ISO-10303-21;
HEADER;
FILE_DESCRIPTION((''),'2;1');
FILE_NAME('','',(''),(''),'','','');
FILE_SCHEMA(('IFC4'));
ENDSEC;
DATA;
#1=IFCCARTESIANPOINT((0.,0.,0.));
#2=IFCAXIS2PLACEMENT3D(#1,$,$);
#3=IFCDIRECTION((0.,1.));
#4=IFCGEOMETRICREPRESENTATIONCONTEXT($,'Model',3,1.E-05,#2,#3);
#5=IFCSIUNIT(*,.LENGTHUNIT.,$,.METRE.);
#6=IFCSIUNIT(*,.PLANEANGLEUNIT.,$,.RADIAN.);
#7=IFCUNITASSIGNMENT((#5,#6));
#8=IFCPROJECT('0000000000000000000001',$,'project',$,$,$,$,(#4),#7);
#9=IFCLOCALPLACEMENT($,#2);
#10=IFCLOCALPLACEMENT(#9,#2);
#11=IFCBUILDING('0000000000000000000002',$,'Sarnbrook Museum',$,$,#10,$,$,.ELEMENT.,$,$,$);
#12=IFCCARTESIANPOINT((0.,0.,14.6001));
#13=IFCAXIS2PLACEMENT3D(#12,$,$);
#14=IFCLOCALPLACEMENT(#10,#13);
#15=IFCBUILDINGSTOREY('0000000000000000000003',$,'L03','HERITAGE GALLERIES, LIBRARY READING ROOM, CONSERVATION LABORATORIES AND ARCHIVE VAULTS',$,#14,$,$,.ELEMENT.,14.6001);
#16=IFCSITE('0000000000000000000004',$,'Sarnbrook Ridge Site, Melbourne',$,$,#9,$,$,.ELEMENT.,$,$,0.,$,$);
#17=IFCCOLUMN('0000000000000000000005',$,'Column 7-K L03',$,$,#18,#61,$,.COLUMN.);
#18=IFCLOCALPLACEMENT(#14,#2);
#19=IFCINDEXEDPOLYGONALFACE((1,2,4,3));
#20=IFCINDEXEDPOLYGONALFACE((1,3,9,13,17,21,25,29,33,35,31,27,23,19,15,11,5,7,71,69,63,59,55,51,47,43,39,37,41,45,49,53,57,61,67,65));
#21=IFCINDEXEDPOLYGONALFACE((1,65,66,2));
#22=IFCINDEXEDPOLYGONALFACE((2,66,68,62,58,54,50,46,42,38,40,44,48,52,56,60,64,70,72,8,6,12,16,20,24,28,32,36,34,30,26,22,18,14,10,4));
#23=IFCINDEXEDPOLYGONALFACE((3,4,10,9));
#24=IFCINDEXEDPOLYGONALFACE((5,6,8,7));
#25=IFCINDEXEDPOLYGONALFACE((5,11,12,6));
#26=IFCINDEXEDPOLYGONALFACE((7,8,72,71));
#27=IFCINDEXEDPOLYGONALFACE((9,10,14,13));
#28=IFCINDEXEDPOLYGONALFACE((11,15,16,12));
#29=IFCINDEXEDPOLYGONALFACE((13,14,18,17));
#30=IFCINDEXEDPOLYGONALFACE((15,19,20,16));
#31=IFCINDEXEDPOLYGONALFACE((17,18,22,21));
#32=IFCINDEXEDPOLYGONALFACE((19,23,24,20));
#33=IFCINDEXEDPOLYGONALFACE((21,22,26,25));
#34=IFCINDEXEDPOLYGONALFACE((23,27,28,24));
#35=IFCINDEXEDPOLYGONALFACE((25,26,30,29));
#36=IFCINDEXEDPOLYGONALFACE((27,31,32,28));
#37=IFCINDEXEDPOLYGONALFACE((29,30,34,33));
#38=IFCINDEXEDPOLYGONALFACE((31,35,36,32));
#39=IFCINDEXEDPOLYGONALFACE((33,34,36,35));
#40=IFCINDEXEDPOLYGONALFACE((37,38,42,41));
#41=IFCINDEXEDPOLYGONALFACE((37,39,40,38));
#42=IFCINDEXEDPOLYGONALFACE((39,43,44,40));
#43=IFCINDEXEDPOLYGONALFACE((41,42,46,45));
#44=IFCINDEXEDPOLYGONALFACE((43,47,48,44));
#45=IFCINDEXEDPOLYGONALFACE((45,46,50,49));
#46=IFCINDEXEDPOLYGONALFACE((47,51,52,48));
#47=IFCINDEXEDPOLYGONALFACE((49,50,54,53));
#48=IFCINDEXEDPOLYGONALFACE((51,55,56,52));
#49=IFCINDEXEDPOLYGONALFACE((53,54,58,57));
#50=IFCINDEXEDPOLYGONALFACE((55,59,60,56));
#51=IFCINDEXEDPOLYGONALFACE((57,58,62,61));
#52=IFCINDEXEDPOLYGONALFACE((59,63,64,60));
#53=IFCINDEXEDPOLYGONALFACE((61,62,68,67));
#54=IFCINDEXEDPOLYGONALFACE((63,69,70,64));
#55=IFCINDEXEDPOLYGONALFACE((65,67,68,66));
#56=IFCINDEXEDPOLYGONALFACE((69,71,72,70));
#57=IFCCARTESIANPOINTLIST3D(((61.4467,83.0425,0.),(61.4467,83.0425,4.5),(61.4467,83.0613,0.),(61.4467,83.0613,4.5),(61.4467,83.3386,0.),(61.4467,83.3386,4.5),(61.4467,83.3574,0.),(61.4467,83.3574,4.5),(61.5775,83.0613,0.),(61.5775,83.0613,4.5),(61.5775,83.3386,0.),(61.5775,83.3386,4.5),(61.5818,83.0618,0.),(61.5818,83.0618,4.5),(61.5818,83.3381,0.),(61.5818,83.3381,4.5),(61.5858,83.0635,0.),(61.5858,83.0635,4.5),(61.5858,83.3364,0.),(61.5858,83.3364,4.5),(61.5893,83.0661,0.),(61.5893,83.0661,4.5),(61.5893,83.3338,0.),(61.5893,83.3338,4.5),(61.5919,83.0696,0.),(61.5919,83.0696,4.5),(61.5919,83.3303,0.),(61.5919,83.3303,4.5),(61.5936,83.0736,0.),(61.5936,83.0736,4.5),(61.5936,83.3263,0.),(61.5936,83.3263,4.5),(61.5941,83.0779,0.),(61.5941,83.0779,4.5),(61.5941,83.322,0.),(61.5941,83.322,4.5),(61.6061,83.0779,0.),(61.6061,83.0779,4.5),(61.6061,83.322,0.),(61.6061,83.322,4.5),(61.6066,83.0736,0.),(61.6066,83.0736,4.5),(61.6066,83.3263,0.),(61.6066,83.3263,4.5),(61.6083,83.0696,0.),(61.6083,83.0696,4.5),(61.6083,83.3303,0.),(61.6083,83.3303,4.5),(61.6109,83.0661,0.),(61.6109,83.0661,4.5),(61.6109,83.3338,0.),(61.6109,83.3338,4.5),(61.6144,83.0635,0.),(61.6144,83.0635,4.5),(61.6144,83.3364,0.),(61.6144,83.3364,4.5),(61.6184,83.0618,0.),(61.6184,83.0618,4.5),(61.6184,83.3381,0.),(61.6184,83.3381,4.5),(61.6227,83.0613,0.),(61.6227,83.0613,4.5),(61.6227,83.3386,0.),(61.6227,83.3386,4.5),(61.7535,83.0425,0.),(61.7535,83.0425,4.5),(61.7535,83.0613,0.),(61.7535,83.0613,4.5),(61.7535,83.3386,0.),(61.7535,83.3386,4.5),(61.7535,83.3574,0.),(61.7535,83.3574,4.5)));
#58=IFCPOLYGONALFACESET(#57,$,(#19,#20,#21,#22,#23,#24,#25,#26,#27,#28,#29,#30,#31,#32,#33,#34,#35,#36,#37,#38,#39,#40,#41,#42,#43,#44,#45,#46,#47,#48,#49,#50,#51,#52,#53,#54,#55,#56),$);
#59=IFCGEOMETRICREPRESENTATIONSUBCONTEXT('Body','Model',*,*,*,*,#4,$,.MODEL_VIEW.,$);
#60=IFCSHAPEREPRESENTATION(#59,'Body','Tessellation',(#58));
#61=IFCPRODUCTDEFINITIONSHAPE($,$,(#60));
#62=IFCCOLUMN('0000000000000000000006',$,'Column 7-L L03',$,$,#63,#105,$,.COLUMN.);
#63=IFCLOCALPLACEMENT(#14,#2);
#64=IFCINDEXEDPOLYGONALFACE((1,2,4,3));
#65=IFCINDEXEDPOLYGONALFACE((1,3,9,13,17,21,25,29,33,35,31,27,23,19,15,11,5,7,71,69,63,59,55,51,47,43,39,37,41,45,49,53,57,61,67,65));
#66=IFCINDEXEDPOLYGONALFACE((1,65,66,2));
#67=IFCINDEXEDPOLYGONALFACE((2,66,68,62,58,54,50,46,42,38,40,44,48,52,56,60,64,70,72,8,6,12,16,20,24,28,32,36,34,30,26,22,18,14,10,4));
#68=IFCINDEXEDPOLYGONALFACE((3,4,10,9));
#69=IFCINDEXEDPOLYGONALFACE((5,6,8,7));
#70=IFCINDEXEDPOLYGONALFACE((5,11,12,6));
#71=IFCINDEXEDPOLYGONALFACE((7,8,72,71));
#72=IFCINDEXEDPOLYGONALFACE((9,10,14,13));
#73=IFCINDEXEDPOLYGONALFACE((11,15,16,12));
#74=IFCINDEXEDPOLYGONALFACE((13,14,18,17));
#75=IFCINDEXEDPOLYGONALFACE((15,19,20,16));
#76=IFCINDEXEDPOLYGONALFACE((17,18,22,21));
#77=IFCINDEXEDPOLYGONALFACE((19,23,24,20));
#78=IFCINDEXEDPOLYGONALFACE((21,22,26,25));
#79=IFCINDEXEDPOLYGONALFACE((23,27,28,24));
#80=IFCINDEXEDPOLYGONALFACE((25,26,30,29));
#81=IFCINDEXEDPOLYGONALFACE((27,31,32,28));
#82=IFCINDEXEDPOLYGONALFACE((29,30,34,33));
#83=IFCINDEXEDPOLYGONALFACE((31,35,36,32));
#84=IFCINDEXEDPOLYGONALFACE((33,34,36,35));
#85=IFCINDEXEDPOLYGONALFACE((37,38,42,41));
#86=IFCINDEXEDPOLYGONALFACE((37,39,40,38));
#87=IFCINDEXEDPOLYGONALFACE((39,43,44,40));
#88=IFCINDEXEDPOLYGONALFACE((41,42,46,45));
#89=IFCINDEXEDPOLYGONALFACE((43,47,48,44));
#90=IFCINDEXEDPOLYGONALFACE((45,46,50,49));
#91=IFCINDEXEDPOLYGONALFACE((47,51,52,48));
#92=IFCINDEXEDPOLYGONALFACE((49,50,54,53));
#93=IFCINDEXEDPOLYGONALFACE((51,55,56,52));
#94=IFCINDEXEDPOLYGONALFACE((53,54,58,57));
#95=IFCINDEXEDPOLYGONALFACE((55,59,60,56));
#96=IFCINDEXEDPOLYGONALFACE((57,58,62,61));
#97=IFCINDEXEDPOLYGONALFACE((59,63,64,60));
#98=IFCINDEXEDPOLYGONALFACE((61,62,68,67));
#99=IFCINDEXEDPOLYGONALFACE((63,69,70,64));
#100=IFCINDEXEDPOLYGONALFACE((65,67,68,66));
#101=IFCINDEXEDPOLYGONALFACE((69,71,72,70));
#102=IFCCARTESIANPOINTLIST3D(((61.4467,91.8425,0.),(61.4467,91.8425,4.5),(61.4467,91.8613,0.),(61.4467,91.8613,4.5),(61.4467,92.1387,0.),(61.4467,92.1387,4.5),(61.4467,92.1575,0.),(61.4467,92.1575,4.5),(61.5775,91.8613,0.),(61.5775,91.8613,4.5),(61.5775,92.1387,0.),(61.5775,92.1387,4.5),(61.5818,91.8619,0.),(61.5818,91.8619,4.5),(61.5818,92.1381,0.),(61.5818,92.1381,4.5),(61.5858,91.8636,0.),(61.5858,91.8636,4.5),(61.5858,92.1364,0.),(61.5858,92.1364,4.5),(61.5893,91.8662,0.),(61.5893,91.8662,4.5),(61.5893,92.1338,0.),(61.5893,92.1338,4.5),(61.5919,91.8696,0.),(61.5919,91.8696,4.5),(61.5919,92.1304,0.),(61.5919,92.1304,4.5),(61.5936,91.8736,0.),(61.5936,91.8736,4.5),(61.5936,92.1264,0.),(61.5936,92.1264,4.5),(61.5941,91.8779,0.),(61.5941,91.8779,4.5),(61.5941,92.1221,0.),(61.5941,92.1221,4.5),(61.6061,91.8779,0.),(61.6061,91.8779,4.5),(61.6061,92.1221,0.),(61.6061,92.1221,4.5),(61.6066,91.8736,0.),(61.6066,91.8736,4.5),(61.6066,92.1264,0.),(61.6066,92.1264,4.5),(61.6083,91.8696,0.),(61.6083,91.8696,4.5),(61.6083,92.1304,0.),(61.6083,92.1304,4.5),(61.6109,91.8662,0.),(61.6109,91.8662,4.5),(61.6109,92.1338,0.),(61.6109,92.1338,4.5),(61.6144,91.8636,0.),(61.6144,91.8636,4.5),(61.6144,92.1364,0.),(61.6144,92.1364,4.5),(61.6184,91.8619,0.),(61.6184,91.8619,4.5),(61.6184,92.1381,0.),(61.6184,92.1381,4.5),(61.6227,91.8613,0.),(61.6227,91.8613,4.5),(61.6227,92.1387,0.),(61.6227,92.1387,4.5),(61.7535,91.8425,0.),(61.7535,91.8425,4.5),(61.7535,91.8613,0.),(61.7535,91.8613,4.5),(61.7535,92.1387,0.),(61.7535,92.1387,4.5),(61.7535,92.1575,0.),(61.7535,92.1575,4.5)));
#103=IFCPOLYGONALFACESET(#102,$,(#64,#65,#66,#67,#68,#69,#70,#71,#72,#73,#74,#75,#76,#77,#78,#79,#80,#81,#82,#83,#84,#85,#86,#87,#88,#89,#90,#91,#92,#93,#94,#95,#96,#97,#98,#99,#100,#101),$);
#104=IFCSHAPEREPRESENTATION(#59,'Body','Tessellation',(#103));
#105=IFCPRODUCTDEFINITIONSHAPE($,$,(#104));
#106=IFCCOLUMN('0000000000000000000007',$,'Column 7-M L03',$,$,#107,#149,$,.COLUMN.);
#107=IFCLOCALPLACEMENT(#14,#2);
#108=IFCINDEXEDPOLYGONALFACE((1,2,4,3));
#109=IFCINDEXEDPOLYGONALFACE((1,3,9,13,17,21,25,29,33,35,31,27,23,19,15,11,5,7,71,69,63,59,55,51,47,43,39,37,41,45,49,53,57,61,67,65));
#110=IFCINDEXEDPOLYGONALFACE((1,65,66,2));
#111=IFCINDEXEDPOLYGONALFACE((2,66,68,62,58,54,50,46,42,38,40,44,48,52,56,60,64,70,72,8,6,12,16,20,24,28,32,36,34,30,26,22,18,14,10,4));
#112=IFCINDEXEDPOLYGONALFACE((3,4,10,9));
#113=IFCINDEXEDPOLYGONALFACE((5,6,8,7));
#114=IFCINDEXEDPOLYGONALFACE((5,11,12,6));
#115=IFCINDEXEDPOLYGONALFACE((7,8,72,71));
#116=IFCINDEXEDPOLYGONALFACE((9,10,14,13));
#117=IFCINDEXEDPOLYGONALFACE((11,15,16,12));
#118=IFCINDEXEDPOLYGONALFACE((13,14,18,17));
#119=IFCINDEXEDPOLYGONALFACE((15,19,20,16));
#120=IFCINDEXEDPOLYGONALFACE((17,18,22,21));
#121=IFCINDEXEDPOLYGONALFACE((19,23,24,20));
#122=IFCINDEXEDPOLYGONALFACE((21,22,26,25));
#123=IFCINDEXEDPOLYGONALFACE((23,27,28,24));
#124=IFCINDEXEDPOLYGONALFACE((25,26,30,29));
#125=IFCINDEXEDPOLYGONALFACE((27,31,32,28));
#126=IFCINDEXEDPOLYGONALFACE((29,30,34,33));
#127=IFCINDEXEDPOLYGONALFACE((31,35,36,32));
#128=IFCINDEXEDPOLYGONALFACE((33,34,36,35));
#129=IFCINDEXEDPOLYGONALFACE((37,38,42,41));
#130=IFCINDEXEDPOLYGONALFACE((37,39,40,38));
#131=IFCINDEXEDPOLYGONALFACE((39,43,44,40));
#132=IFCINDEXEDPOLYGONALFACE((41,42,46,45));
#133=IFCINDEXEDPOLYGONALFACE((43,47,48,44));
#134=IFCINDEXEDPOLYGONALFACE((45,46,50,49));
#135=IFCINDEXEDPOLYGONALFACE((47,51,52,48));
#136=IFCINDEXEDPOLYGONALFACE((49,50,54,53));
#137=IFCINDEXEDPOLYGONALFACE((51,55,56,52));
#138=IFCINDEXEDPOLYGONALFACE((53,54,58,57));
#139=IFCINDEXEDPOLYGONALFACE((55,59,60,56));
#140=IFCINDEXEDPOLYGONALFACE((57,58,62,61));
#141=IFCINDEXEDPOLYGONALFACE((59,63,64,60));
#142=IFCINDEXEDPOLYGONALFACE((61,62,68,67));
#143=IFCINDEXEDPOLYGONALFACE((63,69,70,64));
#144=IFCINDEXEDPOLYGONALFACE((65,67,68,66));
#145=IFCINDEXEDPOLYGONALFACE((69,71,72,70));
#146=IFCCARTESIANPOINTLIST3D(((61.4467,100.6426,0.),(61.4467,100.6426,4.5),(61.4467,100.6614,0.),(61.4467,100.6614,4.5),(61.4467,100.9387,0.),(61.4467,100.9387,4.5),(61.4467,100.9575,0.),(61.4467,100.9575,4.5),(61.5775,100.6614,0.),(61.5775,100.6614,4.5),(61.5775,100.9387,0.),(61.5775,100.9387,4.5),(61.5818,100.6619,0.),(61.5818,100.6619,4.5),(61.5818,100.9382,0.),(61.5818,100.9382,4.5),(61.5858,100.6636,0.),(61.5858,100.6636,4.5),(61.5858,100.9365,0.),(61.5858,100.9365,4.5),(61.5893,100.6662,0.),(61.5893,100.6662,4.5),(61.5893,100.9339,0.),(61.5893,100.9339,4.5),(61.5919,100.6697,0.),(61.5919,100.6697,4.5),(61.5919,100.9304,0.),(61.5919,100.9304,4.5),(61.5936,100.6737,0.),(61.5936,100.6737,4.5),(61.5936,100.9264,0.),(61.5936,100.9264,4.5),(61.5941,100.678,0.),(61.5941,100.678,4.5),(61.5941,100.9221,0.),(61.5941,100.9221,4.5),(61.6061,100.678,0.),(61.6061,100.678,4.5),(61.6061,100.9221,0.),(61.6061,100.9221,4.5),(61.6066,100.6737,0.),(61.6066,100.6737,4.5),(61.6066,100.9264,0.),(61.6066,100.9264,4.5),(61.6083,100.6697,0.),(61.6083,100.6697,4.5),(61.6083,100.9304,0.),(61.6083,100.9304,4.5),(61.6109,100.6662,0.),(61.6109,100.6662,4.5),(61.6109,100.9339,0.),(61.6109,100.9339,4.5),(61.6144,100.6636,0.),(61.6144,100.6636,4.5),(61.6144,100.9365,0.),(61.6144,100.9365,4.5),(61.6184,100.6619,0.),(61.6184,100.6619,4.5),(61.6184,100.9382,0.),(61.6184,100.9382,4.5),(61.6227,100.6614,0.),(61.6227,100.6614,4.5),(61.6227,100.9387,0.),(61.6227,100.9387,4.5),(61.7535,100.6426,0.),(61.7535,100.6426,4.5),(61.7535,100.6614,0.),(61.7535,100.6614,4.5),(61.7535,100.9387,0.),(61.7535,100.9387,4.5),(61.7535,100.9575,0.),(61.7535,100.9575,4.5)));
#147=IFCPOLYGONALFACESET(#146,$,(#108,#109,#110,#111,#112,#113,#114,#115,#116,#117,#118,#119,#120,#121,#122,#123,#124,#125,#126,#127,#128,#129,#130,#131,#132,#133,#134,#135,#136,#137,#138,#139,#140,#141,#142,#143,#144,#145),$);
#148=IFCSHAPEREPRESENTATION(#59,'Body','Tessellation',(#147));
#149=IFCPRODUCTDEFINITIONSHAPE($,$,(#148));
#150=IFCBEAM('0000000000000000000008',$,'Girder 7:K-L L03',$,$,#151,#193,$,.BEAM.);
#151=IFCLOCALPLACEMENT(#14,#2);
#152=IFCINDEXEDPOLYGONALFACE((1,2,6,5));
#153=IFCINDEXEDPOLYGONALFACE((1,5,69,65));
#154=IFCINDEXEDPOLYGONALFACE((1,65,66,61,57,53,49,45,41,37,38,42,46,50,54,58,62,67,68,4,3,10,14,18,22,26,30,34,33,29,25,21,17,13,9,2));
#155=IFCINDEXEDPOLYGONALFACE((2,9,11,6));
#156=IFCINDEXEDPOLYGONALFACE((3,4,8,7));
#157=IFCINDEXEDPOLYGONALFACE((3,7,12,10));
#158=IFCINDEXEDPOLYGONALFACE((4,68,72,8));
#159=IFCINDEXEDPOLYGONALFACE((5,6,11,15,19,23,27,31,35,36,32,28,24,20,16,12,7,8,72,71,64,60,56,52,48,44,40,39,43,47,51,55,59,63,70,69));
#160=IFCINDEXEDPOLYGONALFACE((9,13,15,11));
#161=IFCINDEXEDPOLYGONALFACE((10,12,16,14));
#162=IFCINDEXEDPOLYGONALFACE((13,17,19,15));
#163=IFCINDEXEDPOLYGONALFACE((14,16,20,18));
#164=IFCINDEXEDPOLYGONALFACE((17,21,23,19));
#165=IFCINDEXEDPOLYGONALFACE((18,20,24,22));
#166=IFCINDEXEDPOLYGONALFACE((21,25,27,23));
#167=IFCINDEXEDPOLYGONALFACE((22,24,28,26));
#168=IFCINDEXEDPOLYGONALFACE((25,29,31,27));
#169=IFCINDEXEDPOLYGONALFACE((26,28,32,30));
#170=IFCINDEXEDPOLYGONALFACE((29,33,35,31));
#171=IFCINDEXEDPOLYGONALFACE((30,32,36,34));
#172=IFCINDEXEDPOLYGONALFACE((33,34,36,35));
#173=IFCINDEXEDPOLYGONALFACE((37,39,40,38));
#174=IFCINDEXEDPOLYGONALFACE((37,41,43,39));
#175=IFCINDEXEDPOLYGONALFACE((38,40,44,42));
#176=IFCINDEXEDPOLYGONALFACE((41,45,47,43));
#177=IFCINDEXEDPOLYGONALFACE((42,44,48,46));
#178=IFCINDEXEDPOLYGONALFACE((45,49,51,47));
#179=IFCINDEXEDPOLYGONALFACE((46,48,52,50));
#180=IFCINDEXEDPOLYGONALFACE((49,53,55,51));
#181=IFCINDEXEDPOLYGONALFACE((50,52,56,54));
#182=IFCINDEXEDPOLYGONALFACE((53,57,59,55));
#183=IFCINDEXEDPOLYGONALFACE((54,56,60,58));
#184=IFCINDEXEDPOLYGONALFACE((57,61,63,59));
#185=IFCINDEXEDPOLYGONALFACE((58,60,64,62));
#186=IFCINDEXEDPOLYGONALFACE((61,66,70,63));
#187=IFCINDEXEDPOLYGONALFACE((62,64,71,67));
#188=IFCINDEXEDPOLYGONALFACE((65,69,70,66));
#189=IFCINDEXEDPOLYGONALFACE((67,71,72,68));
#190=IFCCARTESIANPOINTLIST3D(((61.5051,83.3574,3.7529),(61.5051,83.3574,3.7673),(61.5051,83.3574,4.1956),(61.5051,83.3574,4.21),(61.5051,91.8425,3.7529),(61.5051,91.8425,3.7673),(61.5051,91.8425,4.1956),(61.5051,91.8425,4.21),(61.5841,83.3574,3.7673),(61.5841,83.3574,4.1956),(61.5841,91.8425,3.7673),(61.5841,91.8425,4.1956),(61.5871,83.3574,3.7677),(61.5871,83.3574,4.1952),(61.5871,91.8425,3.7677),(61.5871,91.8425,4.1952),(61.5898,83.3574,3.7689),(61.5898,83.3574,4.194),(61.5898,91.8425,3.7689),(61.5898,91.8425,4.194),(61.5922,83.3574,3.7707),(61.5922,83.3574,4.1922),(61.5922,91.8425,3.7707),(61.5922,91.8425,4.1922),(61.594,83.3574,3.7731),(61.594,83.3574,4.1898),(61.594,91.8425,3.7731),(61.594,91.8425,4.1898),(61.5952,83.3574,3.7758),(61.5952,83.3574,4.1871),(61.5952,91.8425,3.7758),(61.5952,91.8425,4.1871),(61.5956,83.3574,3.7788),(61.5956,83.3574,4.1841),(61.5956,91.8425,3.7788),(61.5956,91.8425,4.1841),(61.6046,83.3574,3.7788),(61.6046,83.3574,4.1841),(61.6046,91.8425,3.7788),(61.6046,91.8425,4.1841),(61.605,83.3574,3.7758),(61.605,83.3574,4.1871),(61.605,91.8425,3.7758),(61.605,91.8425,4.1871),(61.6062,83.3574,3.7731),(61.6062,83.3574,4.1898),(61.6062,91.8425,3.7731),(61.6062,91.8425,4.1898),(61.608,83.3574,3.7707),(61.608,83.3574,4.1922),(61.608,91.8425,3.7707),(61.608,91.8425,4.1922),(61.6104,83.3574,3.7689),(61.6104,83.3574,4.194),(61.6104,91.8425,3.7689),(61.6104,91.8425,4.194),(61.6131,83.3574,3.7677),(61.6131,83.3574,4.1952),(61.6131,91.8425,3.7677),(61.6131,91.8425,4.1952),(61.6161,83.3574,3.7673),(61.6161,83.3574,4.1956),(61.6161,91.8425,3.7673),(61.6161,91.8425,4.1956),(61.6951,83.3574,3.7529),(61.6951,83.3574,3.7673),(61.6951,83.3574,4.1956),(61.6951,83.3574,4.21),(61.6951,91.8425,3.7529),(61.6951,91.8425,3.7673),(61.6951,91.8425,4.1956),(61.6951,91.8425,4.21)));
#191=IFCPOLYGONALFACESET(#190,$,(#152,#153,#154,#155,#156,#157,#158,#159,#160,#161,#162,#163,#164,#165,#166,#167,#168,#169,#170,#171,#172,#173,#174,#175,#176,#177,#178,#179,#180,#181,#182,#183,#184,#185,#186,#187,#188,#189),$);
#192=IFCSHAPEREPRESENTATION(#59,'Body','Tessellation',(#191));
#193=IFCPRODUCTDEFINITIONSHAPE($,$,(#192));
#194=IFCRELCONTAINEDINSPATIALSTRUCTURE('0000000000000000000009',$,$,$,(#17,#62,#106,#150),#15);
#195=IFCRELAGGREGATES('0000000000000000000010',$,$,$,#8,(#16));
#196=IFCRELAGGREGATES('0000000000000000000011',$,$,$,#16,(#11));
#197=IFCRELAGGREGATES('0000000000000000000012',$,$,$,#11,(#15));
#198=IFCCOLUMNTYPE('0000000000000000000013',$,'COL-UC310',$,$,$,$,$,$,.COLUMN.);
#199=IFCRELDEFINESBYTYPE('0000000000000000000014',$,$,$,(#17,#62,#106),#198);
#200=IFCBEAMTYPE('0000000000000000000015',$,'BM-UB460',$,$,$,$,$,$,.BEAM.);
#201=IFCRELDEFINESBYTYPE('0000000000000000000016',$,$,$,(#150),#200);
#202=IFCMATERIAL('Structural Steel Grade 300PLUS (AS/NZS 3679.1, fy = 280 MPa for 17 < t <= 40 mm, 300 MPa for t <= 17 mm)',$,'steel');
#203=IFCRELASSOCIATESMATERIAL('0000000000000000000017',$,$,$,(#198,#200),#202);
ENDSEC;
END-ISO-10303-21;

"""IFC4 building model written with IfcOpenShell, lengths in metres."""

from ifc_helpers import new_model, si_unit, direction, frame, origin, origin_2d, place, context, subcontext, project, spatial, i_section, extrude, material, material_profile, profile_set, type_object, element, save


model = new_model("IFC4")

# Units and contexts
model_context = context("Model", 3, precision=1e-05, world=origin(), true_north=direction((0.0, 1.0)))
body_context = subcontext(model_context, "Body", "Model", "MODEL_VIEW")
ifc_project = project(units=[si_unit("LENGTHUNIT", "METRE"), si_unit("PLANEANGLEUNIT", "RADIAN")], contexts=[model_context])

# Site, building, storey
site_placement = place(None, origin())
site = spatial("IfcSite", under=ifc_project, at=site_placement, Name="Sarnbrook Ridge Site, Melbourne", CompositionType="ELEMENT", RefElevation=0.0)
building_placement = place(site_placement, origin())
building = spatial("IfcBuilding", under=site, at=building_placement, Name="Sarnbrook Museum", CompositionType="ELEMENT")
storey_placement = place(building_placement, frame((0.0, 0.0, 14.6001)))
storey = spatial("IfcBuildingStorey", under=building, at=storey_placement, Name="L03", Description="HERITAGE GALLERIES, LIBRARY READING ROOM, CONSERVATION LABORATORIES AND ARCHIVE VAULTS", CompositionType="ELEMENT", Elevation=14.6001)

# Columns
ifc_material_1 = material(Name="Structural Steel Grade 300PLUS (AS/NZS 3679.1, fy = 280 MPa for 17 < t <= 40 mm, 300 MPa for t <= 17 mm)", Category="steel")
ifc_material_profile_1 = material_profile(ifc_material_1, i_section(OverallWidth=0.3069, OverallDepth=0.3149, WebThickness=0.012, FlangeThickness=0.0188, FilletRadius=0.0166, at=origin_2d()), Name="310UC118")
ifc_profile_set_1 = profile_set([ifc_material_profile_1], Name="Structural Steel Grade 300PLUS (AS/NZS 3679.1, fy = 280 MPa for 17 < t <= 40 mm, 300 MPa for t <= 17 mm)")
column_type = type_object("IfcColumnType", Name="COL-UC310", PredefinedType="COLUMN", material=ifc_profile_set_1)
for number, where, z_axis, x_axis, name in (
    (1, (61.6001, 83.2, 0.0), (0.0, 0.0, 1.0), (1.0, 0.0, 0.0), "Column 7-K L03"),
    (2, (61.6001, 92.0, 0.0), (0.0, 0.0, 1.0), (1.0, 0.0, 0.0), "Column 7-L L03"),
    (3, (61.6001, 100.8, 0.0), (0.0, 0.0, 1.0), (1.0, 0.0, 0.0), "Column 7-M L03"),
):
    element("IfcColumn", number, at=place(storey_placement, frame(where, z_axis=z_axis, x_axis=x_axis)), inside=storey, type_object=column_type, Name=name, PredefinedType="COLUMN", context=body_context, shape_type="SweptSolid", body=[
        extrude(i_section(OverallWidth=0.3069, OverallDepth=0.3149, WebThickness=0.012, FlangeThickness=0.0188, FilletRadius=0.0166, at=origin_2d()), origin(), (0.0, 0.0, 1.0), 4.5),
    ])

# Beam
ifc_material_profile_2 = material_profile(ifc_material_1, i_section(OverallWidth=0.1899, OverallDepth=0.457, WebThickness=0.009, FlangeThickness=0.0144, FilletRadius=0.0115, at=origin_2d()), Name="460UB74.6")
ifc_profile_set_2 = profile_set([ifc_material_profile_2], Name="Structural Steel Grade 300PLUS (AS/NZS 3679.1, fy = 280 MPa for 17 < t <= 40 mm, 300 MPa for t <= 17 mm)")
beam_type_1 = type_object("IfcBeamType", Name="BM-UB460", PredefinedType="BEAM", material=ifc_profile_set_2)
for number, where, z_axis, x_axis, name in (
    (4, (61.6001, 83.3574, 3.9814), (0.0, 1.0, 0.0), (-1.0, 0.0, 0.0), "Girder 7:K-L L03"),
):
    element("IfcBeam", number, at=place(storey_placement, frame(where, z_axis=z_axis, x_axis=x_axis)), inside=storey, type_object=beam_type_1, Name=name, PredefinedType="BEAM", context=body_context, shape_type="SweptSolid", body=[
        extrude(i_section(OverallWidth=0.1899, OverallDepth=0.457, WebThickness=0.009, FlangeThickness=0.0144, FilletRadius=0.0115, at=origin_2d()), origin(), (0.0, 0.0, 1.0), 8.4851),
    ])

save(model, "model.ifc")
